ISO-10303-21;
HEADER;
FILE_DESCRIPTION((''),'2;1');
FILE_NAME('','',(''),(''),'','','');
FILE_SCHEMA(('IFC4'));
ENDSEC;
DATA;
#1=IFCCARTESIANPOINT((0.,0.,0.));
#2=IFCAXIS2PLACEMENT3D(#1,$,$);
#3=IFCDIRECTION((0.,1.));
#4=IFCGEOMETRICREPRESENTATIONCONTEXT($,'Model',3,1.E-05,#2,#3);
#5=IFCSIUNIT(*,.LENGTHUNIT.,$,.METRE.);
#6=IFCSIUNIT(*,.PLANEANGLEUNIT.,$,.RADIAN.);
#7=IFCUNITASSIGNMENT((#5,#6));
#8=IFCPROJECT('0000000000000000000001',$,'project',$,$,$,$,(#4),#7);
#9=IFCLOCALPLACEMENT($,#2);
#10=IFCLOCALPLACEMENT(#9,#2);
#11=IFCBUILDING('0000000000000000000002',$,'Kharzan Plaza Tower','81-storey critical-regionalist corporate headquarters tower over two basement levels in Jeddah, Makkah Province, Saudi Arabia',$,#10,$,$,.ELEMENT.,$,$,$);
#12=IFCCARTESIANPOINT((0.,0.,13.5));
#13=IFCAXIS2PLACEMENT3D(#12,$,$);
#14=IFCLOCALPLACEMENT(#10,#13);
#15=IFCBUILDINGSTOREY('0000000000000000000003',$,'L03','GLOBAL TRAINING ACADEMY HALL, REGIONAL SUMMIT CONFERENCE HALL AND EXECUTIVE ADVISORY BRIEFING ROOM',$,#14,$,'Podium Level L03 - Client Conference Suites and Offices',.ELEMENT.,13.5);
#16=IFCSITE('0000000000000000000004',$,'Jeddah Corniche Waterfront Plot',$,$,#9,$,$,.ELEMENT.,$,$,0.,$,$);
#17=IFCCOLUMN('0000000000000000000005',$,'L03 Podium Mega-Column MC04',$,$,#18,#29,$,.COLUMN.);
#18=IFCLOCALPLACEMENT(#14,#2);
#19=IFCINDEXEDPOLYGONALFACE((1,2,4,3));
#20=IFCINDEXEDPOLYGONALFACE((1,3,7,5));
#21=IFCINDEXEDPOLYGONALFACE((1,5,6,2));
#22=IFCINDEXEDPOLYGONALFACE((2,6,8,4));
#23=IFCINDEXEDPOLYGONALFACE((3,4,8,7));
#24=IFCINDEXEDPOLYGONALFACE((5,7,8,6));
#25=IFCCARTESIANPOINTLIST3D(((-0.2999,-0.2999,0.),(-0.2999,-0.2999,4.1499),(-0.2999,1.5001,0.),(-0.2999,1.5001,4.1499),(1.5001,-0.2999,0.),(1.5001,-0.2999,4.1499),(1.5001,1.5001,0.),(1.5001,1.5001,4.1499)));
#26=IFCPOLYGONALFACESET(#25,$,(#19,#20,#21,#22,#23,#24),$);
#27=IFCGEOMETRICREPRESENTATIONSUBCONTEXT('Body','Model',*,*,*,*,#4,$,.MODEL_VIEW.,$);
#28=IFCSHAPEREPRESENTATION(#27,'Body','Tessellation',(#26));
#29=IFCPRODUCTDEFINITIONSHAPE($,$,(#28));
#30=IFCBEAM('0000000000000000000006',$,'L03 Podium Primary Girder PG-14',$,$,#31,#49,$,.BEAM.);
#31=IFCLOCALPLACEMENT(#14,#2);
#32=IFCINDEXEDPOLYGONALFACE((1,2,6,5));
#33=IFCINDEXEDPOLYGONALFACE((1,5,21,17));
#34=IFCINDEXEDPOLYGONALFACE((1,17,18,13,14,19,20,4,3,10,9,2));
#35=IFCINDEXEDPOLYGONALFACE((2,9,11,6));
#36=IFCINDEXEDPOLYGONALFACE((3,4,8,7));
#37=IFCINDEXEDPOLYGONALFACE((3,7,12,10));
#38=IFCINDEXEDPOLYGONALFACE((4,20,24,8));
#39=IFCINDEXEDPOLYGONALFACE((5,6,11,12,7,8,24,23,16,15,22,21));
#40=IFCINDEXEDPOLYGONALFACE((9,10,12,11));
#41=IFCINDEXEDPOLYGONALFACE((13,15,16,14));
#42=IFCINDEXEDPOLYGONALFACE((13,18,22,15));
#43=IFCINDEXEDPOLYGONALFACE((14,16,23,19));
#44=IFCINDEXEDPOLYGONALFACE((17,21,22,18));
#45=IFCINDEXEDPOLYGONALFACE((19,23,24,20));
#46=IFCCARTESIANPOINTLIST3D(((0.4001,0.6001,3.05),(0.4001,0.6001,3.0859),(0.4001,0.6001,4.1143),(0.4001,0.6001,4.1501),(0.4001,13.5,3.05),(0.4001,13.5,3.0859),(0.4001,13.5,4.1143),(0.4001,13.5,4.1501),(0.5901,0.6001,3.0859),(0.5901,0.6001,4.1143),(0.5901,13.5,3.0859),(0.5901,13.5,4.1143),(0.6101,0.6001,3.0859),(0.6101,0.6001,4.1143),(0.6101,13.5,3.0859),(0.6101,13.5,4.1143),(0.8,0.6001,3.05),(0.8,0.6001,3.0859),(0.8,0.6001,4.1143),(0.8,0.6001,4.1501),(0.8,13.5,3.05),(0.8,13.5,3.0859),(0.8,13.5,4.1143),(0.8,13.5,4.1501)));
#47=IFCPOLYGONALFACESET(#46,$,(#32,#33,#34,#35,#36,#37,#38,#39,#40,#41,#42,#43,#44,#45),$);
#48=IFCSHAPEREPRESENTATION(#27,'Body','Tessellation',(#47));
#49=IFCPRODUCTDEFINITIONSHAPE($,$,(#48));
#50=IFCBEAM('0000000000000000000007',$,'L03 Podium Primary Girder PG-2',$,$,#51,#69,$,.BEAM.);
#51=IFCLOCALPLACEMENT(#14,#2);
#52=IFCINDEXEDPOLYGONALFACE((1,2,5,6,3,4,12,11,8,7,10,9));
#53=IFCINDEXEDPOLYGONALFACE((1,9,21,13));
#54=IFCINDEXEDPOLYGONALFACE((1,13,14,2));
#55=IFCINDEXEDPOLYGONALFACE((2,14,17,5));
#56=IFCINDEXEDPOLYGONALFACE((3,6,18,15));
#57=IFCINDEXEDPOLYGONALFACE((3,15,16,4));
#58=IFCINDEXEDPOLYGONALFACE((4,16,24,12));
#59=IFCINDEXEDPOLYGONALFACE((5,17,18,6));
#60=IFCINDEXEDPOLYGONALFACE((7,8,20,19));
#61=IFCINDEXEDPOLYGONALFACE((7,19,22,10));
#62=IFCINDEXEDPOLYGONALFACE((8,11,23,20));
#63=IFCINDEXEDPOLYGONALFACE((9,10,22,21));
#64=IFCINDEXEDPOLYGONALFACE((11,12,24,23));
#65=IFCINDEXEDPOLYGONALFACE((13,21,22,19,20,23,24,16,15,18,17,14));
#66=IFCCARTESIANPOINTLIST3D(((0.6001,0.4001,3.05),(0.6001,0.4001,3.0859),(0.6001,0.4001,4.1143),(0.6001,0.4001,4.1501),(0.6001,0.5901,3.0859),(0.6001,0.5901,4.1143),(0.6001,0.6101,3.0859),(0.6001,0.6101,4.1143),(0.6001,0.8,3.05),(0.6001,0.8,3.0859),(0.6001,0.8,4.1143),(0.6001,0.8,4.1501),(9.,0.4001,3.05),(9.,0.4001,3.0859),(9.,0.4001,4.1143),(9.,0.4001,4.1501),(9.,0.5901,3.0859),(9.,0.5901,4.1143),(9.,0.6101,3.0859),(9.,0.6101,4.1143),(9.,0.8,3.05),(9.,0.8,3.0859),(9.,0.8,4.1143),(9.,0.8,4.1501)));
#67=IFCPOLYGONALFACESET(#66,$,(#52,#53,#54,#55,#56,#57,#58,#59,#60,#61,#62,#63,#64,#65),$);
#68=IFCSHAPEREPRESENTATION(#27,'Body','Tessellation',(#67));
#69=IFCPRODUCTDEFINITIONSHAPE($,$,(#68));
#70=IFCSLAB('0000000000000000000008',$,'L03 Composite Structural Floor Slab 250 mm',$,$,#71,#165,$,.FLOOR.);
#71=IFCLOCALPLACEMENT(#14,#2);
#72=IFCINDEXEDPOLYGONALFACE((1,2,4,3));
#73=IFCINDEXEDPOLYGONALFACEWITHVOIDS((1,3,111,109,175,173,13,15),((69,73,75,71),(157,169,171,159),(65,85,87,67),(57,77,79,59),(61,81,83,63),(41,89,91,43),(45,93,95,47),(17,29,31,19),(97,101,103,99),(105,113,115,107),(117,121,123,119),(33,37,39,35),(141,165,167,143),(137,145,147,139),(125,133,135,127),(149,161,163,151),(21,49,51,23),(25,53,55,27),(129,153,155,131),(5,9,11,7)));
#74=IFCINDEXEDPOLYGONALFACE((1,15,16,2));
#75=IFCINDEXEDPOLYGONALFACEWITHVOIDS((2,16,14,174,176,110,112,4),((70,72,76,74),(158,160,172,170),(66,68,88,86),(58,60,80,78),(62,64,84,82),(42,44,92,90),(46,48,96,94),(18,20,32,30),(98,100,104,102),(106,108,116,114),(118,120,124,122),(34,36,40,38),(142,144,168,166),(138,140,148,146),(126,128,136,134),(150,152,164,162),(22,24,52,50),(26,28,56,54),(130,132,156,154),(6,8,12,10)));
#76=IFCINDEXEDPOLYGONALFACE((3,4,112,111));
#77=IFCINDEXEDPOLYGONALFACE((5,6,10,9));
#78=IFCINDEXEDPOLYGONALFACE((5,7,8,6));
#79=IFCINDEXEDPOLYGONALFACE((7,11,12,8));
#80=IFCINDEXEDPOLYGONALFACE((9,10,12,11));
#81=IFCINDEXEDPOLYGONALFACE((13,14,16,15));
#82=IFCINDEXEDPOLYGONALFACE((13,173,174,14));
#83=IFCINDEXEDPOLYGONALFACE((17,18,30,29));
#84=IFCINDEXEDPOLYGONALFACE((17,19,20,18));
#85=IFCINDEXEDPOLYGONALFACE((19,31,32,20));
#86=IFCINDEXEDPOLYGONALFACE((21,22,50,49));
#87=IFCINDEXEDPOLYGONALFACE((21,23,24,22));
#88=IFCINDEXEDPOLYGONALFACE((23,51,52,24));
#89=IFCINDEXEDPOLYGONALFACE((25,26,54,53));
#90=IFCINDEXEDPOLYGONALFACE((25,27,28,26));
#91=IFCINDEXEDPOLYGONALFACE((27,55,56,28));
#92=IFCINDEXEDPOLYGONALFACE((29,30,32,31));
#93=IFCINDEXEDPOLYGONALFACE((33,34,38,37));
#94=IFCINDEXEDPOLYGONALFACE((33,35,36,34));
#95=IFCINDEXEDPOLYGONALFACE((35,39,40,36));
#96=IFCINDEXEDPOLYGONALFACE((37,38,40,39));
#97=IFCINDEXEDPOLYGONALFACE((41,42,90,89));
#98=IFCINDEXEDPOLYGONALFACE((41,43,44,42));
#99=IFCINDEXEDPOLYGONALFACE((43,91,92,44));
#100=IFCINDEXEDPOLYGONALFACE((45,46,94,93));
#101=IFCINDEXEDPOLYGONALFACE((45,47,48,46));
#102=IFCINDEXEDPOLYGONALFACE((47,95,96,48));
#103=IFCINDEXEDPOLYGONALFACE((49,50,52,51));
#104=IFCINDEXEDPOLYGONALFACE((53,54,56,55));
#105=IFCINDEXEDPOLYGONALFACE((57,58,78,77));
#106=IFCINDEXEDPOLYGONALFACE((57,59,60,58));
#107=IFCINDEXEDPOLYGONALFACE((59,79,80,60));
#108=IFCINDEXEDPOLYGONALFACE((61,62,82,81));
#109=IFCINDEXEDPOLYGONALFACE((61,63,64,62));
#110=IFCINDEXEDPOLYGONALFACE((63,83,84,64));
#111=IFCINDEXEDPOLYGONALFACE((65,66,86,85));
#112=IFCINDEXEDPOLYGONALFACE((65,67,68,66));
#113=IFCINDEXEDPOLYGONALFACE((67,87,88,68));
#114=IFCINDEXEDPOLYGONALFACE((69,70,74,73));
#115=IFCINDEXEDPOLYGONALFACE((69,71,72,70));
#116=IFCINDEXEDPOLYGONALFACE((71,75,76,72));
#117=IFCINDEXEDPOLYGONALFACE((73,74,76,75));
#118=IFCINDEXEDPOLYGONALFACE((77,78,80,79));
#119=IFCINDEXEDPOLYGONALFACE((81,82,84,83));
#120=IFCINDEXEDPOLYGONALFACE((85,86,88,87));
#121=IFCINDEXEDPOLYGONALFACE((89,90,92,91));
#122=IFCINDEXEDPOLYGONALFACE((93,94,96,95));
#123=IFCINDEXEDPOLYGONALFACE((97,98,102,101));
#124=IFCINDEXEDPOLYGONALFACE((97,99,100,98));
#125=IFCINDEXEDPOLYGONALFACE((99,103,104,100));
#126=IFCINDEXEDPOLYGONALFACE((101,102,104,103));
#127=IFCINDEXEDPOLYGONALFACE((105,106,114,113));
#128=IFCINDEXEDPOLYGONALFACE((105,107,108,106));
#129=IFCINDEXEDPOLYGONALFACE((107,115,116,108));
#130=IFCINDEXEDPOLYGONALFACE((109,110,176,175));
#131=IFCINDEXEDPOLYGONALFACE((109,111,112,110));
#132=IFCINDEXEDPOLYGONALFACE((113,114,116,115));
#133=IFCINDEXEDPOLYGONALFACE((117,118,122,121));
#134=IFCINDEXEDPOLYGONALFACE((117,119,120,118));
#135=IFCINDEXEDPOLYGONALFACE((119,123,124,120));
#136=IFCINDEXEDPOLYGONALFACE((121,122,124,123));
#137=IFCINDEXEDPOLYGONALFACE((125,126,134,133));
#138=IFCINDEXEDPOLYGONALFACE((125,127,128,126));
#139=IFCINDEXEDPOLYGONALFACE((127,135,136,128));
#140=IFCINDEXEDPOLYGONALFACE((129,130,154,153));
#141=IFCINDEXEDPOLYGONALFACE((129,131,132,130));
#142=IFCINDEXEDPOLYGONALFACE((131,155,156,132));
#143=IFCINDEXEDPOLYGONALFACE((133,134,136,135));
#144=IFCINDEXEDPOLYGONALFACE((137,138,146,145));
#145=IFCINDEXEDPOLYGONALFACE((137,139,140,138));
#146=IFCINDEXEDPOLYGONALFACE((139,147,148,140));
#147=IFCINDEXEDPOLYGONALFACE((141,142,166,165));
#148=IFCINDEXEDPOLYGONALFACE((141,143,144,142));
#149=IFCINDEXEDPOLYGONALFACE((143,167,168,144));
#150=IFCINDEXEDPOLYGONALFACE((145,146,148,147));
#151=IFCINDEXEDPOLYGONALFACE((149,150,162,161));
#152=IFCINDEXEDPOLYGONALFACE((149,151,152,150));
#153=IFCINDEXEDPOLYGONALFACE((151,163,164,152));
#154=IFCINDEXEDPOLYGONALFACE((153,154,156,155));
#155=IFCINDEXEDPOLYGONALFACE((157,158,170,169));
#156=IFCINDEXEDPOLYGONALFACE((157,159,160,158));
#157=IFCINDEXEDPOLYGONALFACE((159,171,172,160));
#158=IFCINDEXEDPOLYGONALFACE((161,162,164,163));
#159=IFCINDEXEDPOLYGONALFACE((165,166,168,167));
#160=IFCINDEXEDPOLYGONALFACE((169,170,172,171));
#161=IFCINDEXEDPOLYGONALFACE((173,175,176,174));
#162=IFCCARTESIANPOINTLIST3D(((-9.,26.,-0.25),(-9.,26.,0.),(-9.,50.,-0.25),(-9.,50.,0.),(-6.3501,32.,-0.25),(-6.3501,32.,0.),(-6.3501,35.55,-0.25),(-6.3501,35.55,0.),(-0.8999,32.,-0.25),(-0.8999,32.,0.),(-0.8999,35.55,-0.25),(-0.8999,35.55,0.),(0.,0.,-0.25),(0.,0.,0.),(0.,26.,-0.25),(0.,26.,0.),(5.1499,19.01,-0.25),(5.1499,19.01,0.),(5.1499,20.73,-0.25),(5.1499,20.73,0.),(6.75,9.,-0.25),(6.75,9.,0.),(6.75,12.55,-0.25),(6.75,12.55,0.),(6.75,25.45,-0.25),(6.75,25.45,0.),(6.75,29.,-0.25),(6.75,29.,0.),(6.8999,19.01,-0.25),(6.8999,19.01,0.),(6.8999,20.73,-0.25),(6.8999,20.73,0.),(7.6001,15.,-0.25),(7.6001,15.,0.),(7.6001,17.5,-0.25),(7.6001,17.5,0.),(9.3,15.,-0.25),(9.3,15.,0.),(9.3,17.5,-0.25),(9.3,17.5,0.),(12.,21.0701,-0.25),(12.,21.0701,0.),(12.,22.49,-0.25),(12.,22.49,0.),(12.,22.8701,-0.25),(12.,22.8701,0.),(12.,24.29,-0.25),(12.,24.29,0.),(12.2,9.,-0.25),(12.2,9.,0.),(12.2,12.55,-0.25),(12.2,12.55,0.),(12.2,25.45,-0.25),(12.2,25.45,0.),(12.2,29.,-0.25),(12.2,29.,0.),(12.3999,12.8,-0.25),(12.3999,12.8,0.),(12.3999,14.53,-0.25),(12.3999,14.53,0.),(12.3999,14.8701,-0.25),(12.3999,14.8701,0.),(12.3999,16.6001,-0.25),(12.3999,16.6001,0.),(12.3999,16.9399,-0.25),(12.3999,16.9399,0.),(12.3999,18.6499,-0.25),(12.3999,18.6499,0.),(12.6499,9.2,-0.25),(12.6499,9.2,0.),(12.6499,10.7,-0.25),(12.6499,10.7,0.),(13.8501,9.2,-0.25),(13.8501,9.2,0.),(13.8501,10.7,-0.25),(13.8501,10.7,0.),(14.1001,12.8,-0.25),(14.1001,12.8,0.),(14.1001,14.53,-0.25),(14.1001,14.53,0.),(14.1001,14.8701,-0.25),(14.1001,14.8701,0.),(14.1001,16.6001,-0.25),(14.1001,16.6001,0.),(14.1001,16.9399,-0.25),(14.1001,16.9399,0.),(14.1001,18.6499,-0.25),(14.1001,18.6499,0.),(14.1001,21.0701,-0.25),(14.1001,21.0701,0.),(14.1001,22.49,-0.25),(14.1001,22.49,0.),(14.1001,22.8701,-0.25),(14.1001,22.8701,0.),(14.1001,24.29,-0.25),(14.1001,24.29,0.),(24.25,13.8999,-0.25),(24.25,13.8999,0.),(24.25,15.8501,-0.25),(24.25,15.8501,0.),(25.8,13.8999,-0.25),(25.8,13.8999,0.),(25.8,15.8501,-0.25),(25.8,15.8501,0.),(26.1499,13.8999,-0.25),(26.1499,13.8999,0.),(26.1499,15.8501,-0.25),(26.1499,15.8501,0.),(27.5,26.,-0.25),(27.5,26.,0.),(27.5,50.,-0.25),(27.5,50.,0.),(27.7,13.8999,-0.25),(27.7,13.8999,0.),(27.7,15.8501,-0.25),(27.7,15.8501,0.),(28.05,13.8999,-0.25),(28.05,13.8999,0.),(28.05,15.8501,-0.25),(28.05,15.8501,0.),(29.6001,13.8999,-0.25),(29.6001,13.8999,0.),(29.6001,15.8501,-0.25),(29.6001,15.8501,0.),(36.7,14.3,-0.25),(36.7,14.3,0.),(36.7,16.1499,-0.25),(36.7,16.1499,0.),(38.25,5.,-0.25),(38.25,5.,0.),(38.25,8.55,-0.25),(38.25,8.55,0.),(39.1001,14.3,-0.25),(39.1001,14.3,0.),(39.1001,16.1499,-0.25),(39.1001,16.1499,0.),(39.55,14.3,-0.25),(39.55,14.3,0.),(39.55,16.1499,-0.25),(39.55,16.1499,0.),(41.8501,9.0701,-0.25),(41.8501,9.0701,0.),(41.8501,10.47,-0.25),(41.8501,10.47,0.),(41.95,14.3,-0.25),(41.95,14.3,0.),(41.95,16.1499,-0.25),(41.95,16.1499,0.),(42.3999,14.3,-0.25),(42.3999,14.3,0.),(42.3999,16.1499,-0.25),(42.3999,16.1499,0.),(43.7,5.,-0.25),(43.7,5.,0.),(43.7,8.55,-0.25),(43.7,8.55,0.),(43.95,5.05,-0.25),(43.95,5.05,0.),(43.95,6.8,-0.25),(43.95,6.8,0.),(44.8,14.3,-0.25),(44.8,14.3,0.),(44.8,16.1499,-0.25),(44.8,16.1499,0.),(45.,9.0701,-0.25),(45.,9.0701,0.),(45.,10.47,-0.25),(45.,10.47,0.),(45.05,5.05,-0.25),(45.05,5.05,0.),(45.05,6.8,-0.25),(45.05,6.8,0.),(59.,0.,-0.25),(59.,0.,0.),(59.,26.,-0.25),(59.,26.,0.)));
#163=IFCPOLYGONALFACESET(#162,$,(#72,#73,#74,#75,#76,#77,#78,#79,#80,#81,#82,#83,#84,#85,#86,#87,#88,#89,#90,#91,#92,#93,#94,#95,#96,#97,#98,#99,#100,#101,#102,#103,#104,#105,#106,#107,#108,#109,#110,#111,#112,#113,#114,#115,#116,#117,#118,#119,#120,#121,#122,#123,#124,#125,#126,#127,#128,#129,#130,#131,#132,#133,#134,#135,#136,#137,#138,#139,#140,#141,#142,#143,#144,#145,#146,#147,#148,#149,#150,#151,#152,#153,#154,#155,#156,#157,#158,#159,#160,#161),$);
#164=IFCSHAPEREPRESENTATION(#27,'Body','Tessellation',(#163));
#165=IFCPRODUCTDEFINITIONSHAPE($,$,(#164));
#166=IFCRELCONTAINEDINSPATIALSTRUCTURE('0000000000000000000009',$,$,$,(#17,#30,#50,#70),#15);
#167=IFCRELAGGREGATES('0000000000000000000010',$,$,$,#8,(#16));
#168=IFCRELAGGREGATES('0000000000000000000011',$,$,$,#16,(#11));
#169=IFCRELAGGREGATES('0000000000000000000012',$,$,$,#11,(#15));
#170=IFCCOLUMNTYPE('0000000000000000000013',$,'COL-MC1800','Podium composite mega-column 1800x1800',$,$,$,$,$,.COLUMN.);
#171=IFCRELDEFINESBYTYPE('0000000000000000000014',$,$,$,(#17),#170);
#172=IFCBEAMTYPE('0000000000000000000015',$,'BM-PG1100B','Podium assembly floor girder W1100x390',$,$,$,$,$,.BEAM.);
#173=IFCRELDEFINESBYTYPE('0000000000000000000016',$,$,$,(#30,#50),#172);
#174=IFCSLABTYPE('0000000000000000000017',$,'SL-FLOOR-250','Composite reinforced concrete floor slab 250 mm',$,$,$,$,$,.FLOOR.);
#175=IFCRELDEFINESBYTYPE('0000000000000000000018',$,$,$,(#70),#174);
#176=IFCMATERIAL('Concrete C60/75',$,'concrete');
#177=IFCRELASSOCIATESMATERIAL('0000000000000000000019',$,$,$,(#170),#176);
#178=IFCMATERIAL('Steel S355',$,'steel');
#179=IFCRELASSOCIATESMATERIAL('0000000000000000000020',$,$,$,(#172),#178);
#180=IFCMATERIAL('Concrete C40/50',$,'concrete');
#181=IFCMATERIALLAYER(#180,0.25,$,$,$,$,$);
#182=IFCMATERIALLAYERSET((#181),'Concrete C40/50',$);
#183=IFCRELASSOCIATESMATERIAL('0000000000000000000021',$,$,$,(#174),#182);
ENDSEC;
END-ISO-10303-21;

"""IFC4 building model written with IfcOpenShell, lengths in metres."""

from ifc_helpers import new_model, si_unit, direction, frame, origin, origin_2d, place, context, subcontext, project, spatial, polyline, rectangle, i_section, outline, extrude, source, transform, mapped, material, layer, layer_set, material_profile, profile_set, type_object, element, save


model = new_model("IFC4")

# Units and contexts
model_context = context("Model", 3, precision=1e-05, world=origin(), true_north=direction((0.0, 1.0)))
body_context = subcontext(model_context, "Body", "Model", "MODEL_VIEW")
ifc_project = project(units=[si_unit("LENGTHUNIT", "METRE"), si_unit("PLANEANGLEUNIT", "RADIAN")], contexts=[model_context])

# Site, building, storey
site_placement = place(None, origin())
site = spatial("IfcSite", under=ifc_project, at=site_placement, Name="Jeddah Corniche Waterfront Plot", CompositionType="ELEMENT", RefElevation=0.0)
building_placement = place(site_placement, origin())
building = spatial("IfcBuilding", under=site, at=building_placement, Name="Kharzan Plaza Tower", Description="81-storey critical-regionalist corporate headquarters tower over two basement levels in Jeddah, Makkah Province, Saudi Arabia", CompositionType="ELEMENT")
storey_placement = place(building_placement, frame((0.0, 0.0, 13.5)))
storey = spatial("IfcBuildingStorey", under=building, at=storey_placement, Name="L03", Description="GLOBAL TRAINING ACADEMY HALL, REGIONAL SUMMIT CONFERENCE HALL AND EXECUTIVE ADVISORY BRIEFING ROOM", LongName="Podium Level L03 - Client Conference Suites and Offices", CompositionType="ELEMENT", Elevation=13.5)

# Column
ifc_material_1 = material(Name="Concrete C60/75", Category="concrete")
ifc_material_profile_1 = material_profile(ifc_material_1, rectangle(XDim=1.8, YDim=1.8, at=origin_2d()), Name="RC-MC1800x1800")
ifc_profile_set_1 = profile_set([ifc_material_profile_1], Name="Concrete C60/75")
column_type = type_object("IfcColumnType", Name="COL-MC1800", Description="Podium composite mega-column 1800x1800", PredefinedType="COLUMN", material=ifc_profile_set_1)
shared_shape_1 = source(origin(), body_context, "Body", "SweptSolid", [
    extrude(rectangle(XDim=1.8, YDim=1.8, at=origin_2d()), origin(), (0.0, 0.0, 1.0), 4.1499),
])
column_placement = place(storey_placement, frame((0.6001, 0.6001, 0.0), z_axis=(0.0, 0.0, 1.0), x_axis=(1.0, 0.0, 0.0)))
element("IfcColumn", 1, at=column_placement, inside=storey, type_object=column_type, Name="L03 Podium Mega-Column MC04", PredefinedType="COLUMN", context=body_context, shape_type="MappedRepresentation", body=[
    mapped(shared_shape_1, transform((0.0, 0.0, 0.0), x_axis=(1.0, 0.0, 0.0), y_axis=(0.0, 1.0, 0.0), z_axis=(0.0, 0.0, 1.0))),
])

# Beams
ifc_material_2 = material(Name="Steel S355", Category="steel")
ifc_material_profile_2 = material_profile(ifc_material_2, i_section(OverallWidth=0.3999, OverallDepth=1.1001, WebThickness=0.02, FlangeThickness=0.0359, at=origin_2d()), Name="W1100x390")
ifc_profile_set_2 = profile_set([ifc_material_profile_2], Name="Steel S355")
beam_type = type_object("IfcBeamType", Name="BM-PG1100B", Description="Podium assembly floor girder W1100x390", PredefinedType="BEAM", material=ifc_profile_set_2)
shared_shape_2 = source(origin(), body_context, "Body", "SweptSolid", [
    extrude(i_section(OverallWidth=0.3999, OverallDepth=1.1001, WebThickness=0.02, FlangeThickness=0.0359, at=origin_2d()), origin(), (0.0, 0.0, 1.0), 12.8999),
])
beam_1_placement = place(storey_placement, frame((0.6001, 0.6001, 3.6001), z_axis=(0.0, 1.0, 0.0), x_axis=(-1.0, 0.0, 0.0)))
element("IfcBeam", 2, at=beam_1_placement, inside=storey, type_object=beam_type, Name="L03 Podium Primary Girder PG-14", PredefinedType="BEAM", context=body_context, shape_type="MappedRepresentation", body=[
    mapped(shared_shape_2, transform((0.0, 0.0, 0.0), x_axis=(1.0, 0.0, 0.0), y_axis=(0.0, 1.0, 0.0), z_axis=(0.0, 0.0, 1.0))),
])
shared_shape_3 = source(origin(), body_context, "Body", "SweptSolid", [
    extrude(i_section(OverallWidth=0.3999, OverallDepth=1.1001, WebThickness=0.02, FlangeThickness=0.0359, at=origin_2d()), origin(), (0.0, 0.0, 1.0), 8.3999),
])
beam_2_placement = place(storey_placement, frame((0.6001, 0.6001, 3.6001), z_axis=(1.0, 0.0, 0.0), x_axis=(0.0, 1.0, 0.0)))
element("IfcBeam", 3, at=beam_2_placement, inside=storey, type_object=beam_type, Name="L03 Podium Primary Girder PG-2", PredefinedType="BEAM", context=body_context, shape_type="MappedRepresentation", body=[
    mapped(shared_shape_3, transform((0.0, 0.0, 0.0), x_axis=(1.0, 0.0, 0.0), y_axis=(0.0, 1.0, 0.0), z_axis=(0.0, 0.0, 1.0))),
])

# Slab
ifc_material_3 = material(Name="Concrete C40/50", Category="concrete")
ifc_layer_1 = layer(ifc_material_3, 0.25)
ifc_layer_set_1 = layer_set([ifc_layer_1], Name="Concrete C40/50")
slab_type_1 = type_object("IfcSlabType", Name="SL-FLOOR-250", Description="Composite reinforced concrete floor slab 250 mm", PredefinedType="FLOOR", material=ifc_layer_set_1)
slab_1_placement = place(storey_placement, frame((0.0, 0.0, -0.25)))
element("IfcSlab", 4, at=slab_1_placement, inside=storey, type_object=slab_type_1, Name="L03 Composite Structural Floor Slab 250 mm", PredefinedType="FLOOR", context=body_context, shape_type="SweptSolid", body=[
    extrude(outline(polyline([(59.0, 0.0), (59.0, 26.0), (27.5, 26.0), (27.5, 50.0), (-9.0, 50.0), (-9.0, 26.0), (0.0, 26.0), (0.0, 0.0), (59.0, 0.0)]), holes=[polyline([(12.2, 9.0), (12.2, 12.55), (6.75, 12.55), (6.75, 9.0), (12.2, 9.0)]), polyline([(14.1001, 12.8), (14.1001, 14.53), (12.3999, 14.53), (12.3999, 12.8), (14.1001, 12.8)]), polyline([(14.1001, 14.8701), (14.1001, 16.6001), (12.3999, 16.6001), (12.3999, 14.8701), (14.1001, 14.8701)]), polyline([(7.6001, 15.0), (9.3, 15.0), (9.3, 17.5), (7.6001, 17.5), (7.6001, 15.0)]), polyline([(12.3999, 16.9399), (14.1001, 16.9399), (14.1001, 18.6499), (12.3999, 18.6499), (12.3999, 16.9399)]), polyline([(6.8999, 19.01), (6.8999, 20.73), (5.1499, 20.73), (5.1499, 19.01), (6.8999, 19.01)]), polyline([(14.1001, 21.0701), (14.1001, 22.49), (12.0, 22.49), (12.0, 21.0701), (14.1001, 21.0701)]), polyline([(14.1001, 22.8701), (14.1001, 24.29), (12.0, 24.29), (12.0, 22.8701), (14.1001, 22.8701)]), polyline([(6.75, 25.45), (12.2, 25.45), (12.2, 29.0), (6.75, 29.0), (6.75, 25.45)]), polyline([(-6.3501, 32.0), (-0.8999, 32.0), (-0.8999, 35.55), (-6.3501, 35.55), (-6.3501, 32.0)]), polyline([(45.05, 5.05), (45.05, 6.8), (43.95, 6.8), (43.95, 5.05), (45.05, 5.05)]), polyline([(43.7, 5.0), (43.7, 8.55), (38.25, 8.55), (38.25, 5.0), (43.7, 5.0)]), polyline([(45.0, 9.0701), (45.0, 10.47), (41.8501, 10.47), (41.8501, 9.0701), (45.0, 9.0701)]), polyline([(12.6499, 9.2), (13.8501, 9.2), (13.8501, 10.7), (12.6499, 10.7), (12.6499, 9.2)]), polyline([(24.25, 13.8999), (25.8, 13.8999), (25.8, 15.8501), (24.25, 15.8501), (24.25, 13.8999)]), polyline([(27.7, 13.8999), (27.7, 15.8501), (26.1499, 15.8501), (26.1499, 13.8999), (27.7, 13.8999)]), polyline([(29.6001, 13.8999), (29.6001, 15.8501), (28.05, 15.8501), (28.05, 13.8999), (29.6001, 13.8999)]), polyline([(39.1001, 14.3), (39.1001, 16.1499), (36.7, 16.1499), (36.7, 14.3), (39.1001, 14.3)]), polyline([(39.55, 14.3), (41.95, 14.3), (41.95, 16.1499), (39.55, 16.1499), (39.55, 14.3)]), polyline([(42.3999, 14.3), (44.8, 14.3), (44.8, 16.1499), (42.3999, 16.1499), (42.3999, 14.3)])]), origin(), (0.0, 0.0, 1.0), 0.25),
])

save(model, "model.ifc")
